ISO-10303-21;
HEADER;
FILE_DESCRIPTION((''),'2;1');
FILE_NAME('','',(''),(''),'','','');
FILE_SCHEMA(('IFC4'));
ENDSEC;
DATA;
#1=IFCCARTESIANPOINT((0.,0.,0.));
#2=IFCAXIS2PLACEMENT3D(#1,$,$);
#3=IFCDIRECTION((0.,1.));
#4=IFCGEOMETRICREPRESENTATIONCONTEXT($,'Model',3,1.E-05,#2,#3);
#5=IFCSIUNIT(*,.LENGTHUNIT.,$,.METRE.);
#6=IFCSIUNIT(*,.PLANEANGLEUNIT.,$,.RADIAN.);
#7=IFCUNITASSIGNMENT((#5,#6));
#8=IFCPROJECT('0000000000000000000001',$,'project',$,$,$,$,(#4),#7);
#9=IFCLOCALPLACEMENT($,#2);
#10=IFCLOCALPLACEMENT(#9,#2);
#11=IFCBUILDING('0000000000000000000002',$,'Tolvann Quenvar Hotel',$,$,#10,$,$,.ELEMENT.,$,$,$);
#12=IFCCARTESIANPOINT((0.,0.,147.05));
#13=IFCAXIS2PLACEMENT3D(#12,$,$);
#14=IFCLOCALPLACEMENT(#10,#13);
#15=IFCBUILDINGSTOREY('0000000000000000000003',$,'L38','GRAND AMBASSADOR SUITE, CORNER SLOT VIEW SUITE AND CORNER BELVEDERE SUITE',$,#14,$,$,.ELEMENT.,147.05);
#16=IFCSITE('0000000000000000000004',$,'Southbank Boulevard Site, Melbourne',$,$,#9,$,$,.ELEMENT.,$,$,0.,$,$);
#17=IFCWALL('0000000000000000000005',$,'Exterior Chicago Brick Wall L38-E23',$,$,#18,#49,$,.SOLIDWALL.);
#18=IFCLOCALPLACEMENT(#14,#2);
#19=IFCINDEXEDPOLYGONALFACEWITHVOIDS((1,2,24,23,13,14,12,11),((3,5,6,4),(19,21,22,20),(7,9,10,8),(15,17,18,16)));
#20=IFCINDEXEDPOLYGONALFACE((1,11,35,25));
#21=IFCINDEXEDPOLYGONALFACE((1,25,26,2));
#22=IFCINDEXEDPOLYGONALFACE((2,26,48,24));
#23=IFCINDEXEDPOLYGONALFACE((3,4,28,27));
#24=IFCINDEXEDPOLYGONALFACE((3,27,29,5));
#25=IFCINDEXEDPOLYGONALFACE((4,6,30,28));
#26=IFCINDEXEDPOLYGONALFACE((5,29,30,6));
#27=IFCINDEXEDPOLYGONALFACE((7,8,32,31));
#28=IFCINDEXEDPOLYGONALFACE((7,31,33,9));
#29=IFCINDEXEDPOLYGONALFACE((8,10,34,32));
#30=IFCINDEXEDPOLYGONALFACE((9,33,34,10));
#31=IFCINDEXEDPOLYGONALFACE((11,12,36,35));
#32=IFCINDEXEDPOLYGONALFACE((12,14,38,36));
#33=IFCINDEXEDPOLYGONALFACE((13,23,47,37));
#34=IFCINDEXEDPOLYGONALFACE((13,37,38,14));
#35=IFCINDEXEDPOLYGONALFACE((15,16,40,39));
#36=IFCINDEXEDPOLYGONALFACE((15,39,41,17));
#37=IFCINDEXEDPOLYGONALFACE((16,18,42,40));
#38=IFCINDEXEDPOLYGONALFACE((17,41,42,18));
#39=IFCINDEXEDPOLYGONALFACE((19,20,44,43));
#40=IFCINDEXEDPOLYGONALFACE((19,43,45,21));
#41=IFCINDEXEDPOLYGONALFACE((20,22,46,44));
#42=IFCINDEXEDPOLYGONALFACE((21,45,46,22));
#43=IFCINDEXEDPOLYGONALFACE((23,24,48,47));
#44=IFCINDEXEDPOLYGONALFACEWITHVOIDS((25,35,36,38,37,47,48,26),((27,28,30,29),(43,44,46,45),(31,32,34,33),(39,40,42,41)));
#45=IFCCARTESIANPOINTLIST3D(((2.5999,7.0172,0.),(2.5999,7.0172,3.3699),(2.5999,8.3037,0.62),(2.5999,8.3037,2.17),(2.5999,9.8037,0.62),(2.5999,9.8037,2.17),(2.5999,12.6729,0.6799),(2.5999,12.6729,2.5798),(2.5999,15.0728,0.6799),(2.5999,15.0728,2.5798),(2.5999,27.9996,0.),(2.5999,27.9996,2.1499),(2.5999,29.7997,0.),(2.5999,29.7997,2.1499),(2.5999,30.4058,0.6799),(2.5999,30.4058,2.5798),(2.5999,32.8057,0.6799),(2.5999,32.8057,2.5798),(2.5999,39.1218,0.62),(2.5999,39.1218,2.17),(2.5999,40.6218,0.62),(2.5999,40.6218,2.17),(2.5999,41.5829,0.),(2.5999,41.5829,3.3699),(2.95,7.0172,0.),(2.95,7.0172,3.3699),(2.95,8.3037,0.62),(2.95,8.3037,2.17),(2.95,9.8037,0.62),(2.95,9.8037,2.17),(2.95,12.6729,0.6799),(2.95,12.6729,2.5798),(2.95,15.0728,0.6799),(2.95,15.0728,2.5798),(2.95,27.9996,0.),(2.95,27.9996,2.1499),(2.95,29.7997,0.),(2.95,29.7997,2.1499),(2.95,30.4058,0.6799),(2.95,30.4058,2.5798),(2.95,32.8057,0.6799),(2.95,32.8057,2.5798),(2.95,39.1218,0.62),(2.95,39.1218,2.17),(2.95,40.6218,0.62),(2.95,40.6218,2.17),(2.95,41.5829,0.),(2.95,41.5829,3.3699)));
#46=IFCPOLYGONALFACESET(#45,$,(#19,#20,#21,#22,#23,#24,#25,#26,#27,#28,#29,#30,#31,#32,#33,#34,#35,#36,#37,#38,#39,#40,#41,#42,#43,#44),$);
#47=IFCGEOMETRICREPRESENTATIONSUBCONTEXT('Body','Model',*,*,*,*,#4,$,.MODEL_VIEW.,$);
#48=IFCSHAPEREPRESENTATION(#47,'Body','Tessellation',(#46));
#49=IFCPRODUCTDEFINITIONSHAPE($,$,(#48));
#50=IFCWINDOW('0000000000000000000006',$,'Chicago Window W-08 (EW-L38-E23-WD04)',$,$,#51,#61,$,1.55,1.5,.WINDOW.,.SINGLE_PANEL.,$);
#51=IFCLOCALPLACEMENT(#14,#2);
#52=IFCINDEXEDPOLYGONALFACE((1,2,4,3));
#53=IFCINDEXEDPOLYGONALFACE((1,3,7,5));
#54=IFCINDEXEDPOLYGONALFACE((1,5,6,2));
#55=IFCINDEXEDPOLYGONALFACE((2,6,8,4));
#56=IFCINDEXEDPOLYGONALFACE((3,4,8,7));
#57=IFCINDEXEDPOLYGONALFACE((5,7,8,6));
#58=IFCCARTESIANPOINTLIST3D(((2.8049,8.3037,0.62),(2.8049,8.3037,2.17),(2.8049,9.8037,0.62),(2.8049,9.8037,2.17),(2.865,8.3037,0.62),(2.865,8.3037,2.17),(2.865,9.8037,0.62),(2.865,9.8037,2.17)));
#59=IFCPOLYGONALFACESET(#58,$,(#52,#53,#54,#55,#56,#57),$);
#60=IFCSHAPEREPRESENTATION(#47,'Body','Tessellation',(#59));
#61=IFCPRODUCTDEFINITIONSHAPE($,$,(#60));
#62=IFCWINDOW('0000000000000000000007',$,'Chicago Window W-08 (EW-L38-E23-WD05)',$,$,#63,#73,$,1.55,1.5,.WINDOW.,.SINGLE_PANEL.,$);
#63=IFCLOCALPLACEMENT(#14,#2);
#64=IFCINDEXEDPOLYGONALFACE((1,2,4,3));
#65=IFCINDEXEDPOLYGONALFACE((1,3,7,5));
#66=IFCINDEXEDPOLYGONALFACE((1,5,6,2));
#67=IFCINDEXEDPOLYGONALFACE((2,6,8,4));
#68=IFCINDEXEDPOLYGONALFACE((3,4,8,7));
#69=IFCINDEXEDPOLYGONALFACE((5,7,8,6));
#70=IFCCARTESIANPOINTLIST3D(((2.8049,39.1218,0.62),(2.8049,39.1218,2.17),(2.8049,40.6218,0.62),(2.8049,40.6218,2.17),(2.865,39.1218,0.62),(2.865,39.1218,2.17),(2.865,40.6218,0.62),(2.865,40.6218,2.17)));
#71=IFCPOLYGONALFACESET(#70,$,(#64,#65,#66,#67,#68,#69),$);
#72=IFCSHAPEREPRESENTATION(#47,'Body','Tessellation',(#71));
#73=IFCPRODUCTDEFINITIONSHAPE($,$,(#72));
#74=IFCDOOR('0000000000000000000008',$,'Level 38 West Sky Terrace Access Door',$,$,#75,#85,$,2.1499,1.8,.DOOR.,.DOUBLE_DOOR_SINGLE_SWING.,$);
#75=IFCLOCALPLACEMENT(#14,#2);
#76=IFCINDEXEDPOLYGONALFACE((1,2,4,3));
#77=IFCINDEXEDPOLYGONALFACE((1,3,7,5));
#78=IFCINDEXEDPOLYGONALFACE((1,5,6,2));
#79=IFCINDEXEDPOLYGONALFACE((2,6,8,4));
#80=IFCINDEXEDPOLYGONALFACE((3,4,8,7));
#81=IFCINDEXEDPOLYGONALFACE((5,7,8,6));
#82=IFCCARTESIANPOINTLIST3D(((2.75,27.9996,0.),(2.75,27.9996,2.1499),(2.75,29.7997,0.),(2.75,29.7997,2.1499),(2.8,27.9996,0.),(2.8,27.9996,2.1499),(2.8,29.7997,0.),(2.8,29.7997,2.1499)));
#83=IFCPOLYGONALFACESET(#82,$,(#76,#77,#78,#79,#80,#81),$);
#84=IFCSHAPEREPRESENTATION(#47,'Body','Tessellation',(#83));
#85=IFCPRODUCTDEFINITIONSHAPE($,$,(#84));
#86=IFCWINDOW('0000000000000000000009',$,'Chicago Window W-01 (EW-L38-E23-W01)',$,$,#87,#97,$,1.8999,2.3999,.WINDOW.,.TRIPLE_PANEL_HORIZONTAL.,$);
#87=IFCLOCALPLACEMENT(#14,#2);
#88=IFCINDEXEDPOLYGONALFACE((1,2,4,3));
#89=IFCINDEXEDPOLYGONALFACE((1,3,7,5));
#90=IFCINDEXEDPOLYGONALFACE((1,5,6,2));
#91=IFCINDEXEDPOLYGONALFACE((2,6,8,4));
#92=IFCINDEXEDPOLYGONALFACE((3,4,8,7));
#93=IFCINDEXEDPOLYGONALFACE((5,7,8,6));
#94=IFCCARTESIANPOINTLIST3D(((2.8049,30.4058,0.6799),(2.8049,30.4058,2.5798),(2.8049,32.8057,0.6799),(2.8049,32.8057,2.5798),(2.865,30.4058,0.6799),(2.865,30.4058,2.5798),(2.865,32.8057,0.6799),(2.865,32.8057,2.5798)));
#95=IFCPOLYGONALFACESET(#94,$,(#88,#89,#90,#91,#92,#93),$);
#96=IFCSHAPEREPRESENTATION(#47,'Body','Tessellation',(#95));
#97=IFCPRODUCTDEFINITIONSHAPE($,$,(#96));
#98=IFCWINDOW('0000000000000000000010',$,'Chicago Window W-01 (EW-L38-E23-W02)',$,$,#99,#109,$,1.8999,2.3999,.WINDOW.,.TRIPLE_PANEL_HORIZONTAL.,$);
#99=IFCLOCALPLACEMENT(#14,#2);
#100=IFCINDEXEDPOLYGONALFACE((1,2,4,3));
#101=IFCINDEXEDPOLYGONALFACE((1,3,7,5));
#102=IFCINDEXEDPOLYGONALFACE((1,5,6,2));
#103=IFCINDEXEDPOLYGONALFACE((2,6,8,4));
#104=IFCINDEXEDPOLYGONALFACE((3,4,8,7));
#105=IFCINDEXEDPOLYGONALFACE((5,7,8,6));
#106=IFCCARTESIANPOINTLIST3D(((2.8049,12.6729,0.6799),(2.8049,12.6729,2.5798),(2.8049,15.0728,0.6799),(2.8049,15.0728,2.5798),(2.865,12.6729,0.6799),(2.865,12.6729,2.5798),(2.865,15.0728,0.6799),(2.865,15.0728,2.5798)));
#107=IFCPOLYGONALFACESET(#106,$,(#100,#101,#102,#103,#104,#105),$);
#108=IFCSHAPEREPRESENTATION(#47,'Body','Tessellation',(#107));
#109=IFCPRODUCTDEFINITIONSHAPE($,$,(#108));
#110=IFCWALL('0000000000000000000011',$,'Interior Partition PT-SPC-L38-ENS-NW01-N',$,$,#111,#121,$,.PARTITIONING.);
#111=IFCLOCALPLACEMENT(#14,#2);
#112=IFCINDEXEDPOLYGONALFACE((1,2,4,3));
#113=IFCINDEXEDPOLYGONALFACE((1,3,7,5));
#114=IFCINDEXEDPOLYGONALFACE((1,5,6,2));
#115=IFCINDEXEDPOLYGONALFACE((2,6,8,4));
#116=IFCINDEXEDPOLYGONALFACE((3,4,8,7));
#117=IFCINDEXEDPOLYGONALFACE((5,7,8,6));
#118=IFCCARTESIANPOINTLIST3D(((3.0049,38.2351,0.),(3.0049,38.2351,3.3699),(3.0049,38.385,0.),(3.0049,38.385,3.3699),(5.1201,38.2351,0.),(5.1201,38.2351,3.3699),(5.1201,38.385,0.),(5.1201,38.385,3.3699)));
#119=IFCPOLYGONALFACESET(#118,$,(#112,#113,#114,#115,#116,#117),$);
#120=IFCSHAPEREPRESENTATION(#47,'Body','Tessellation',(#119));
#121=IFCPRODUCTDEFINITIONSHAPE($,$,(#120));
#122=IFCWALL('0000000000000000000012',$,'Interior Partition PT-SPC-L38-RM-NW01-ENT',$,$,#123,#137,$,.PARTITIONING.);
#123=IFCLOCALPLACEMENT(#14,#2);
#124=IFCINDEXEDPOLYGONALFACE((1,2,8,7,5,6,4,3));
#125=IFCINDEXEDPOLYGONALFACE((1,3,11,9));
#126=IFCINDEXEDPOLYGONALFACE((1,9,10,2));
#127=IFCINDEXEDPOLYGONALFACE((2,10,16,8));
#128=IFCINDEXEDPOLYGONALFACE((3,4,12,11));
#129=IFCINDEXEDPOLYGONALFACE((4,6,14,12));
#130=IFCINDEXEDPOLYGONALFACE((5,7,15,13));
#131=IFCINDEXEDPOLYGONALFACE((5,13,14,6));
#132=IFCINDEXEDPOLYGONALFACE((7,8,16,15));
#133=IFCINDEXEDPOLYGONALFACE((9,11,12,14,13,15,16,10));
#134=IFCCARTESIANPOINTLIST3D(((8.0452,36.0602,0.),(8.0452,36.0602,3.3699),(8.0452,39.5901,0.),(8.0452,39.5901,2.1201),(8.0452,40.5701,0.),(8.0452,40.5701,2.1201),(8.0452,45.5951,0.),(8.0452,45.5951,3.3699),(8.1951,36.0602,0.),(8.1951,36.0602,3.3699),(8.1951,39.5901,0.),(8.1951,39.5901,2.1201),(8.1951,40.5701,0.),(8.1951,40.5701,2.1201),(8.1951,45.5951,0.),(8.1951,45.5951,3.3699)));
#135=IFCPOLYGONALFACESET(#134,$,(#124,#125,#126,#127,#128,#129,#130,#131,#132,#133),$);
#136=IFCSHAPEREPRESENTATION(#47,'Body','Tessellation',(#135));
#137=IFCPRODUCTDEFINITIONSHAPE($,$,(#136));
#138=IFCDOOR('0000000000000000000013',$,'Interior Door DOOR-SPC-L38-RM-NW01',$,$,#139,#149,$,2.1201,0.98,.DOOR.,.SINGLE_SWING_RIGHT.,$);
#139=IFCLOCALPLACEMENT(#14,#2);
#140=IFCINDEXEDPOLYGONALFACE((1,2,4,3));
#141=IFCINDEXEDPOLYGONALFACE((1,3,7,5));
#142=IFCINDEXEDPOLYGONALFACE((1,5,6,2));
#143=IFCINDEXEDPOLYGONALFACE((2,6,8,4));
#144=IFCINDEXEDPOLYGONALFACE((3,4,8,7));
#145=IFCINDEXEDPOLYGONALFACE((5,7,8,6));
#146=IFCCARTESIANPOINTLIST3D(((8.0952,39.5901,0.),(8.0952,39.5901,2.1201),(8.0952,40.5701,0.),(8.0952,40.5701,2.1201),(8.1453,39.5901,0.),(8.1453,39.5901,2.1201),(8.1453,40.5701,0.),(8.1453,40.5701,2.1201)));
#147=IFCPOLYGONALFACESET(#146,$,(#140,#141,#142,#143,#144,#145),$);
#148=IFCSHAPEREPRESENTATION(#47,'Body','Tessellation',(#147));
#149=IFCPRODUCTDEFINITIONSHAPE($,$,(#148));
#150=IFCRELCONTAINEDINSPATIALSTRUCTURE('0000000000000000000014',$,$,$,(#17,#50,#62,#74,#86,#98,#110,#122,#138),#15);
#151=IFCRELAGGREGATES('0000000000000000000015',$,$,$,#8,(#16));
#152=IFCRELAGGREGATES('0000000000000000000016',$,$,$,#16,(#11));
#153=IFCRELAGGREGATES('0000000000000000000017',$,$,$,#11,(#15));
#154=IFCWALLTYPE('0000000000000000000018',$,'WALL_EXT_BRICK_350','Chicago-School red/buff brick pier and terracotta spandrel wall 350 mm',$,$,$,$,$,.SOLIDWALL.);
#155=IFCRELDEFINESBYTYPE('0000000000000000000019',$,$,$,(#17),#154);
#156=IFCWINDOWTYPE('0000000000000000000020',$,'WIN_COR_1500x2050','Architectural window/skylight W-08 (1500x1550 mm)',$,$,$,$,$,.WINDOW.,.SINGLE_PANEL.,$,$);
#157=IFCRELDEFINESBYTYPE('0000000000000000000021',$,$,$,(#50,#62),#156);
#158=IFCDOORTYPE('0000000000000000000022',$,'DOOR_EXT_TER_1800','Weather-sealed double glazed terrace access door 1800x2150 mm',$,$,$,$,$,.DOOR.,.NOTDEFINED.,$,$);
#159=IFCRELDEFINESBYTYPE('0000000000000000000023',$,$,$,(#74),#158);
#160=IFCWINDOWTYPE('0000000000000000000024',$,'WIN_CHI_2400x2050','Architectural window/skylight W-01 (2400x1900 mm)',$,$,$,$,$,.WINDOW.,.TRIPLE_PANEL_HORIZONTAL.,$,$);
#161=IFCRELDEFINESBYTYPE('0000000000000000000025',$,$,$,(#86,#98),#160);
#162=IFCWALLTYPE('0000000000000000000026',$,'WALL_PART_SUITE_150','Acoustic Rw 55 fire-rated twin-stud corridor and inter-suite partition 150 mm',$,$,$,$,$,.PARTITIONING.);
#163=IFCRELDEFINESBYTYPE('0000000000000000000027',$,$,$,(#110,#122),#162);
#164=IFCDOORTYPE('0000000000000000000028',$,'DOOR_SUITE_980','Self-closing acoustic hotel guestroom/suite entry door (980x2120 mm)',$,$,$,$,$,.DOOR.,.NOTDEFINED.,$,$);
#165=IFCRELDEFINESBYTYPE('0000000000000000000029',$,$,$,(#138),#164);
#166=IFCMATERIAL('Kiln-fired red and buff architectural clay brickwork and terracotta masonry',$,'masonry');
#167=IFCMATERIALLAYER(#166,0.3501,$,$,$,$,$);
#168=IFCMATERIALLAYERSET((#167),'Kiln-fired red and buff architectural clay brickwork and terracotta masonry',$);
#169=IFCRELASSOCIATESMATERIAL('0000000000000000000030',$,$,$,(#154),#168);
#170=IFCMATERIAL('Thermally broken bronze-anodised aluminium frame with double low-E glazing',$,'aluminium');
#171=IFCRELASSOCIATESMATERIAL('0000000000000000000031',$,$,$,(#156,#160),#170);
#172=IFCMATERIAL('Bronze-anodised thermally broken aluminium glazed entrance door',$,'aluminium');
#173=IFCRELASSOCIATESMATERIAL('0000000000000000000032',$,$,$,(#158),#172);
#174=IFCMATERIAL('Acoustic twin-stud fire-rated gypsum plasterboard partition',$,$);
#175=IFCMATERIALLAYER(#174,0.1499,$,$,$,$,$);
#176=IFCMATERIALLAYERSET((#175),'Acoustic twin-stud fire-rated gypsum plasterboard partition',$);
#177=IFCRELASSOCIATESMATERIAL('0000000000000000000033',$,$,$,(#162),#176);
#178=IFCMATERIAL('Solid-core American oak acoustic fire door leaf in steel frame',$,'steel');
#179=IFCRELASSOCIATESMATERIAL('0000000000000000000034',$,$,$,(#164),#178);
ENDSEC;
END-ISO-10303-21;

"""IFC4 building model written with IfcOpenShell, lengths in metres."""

from ifc_helpers import new_model, si_unit, direction, frame, frame_2d, origin, place, context, subcontext, project, spatial, rectangle, extrude, source, transform, mapped, material, layer, layer_set, type_object, type_shapes, element, fill, save


model = new_model("IFC4")

# Units and contexts
model_context = context("Model", 3, precision=1e-05, world=origin(), true_north=direction((0.0, 1.0)))
body_context = subcontext(model_context, "Body", "Model", "MODEL_VIEW")
ifc_project = project(units=[si_unit("LENGTHUNIT", "METRE"), si_unit("PLANEANGLEUNIT", "RADIAN")], contexts=[model_context])

# Site, building, storey
site_placement = place(None, origin())
site = spatial("IfcSite", under=ifc_project, at=site_placement, Name="Southbank Boulevard Site, Melbourne", CompositionType="ELEMENT", RefElevation=0.0)
building_placement = place(site_placement, origin())
building = spatial("IfcBuilding", under=site, at=building_placement, Name="Tolvann Quenvar Hotel", CompositionType="ELEMENT")
storey_placement = place(building_placement, frame((0.0, 0.0, 147.05)))
storey = spatial("IfcBuildingStorey", under=building, at=storey_placement, Name="L38", Description="GRAND AMBASSADOR SUITE, CORNER SLOT VIEW SUITE AND CORNER BELVEDERE SUITE", CompositionType="ELEMENT", Elevation=147.05)

# Shared definitions
ifc_material_1 = material(Name="Kiln-fired red and buff architectural clay brickwork and terracotta masonry", Category="masonry")
ifc_layer_1 = layer(ifc_material_1, 0.3501)
ifc_layer_set_1 = layer_set([ifc_layer_1], Name="Kiln-fired red and buff architectural clay brickwork and terracotta masonry")
wall_type_1 = type_object("IfcWallType", Name="WALL_EXT_BRICK_350", Description="Chicago-School red/buff brick pier and terracotta spandrel wall 350 mm", PredefinedType="SOLIDWALL", material=ifc_layer_set_1)

# Wall, openings, windows, door
wall_1_placement = place(storey_placement, frame((2.7749, 41.5828, 0.0), z_axis=(0.0, 0.0, 1.0), x_axis=(0.0, -1.0, 0.0)))
wall_1 = element("IfcWall", 1, at=wall_1_placement, inside=storey, type_object=wall_type_1, Name="Exterior Chicago Brick Wall L38-E23", PredefinedType="SOLIDWALL", context=body_context, shape_type="SweptSolid", body=[
    extrude(rectangle(XDim=34.5657, YDim=0.3501, at=frame_2d((17.2827, 0.0))), origin(), (0.0, 0.0, 1.0), 3.3699),
])
opening_1_placement = place(wall_1_placement, frame((13.583, 0.0, 0.0), z_axis=(0.0, 0.0, 1.0), x_axis=(-1.0, 0.0, 0.0)))
opening_1 = element("IfcOpeningElement", 2, at=opening_1_placement, cuts=wall_1, PredefinedType="OPENING", context=body_context, shape_type="SweptSolid", body=[
    extrude(rectangle(XDim=1.8, YDim=2.1499, at=frame_2d((0.8999, 1.075))), frame((0.0, 0.1851, 0.0), z_axis=(0.0, -1.0, 0.0), x_axis=(1.0, 0.0, 0.0)), (0.0, 0.0, 1.0), 0.3701),
])
opening_2_placement = place(wall_1_placement, frame((8.7771, 0.0, 0.6799)))
opening_2 = element("IfcOpeningElement", 3, at=opening_2_placement, cuts=wall_1, PredefinedType="OPENING", context=body_context, shape_type="SweptSolid", body=[
    extrude(rectangle(XDim=2.3999, YDim=1.8999, at=frame_2d((1.2, 0.95))), frame((0.0, 0.1851, 0.0), z_axis=(0.0, -1.0, 0.0), x_axis=(1.0, 0.0, 0.0)), (0.0, 0.0, 1.0), 0.3701),
])
opening_3_placement = place(wall_1_placement, frame((26.51, 0.0, 0.6799)))
opening_3 = element("IfcOpeningElement", 4, at=opening_3_placement, cuts=wall_1, PredefinedType="OPENING", context=body_context, shape_type="SweptSolid", body=[
    extrude(rectangle(XDim=2.3999, YDim=1.8999, at=frame_2d((1.2, 0.95))), frame((0.0, 0.1851, 0.0), z_axis=(0.0, -1.0, 0.0), x_axis=(1.0, 0.0, 0.0)), (0.0, 0.0, 1.0), 0.3701),
])
opening_4_placement = place(wall_1_placement, frame((31.7791, 0.0, 0.6201)))
opening_4 = element("IfcOpeningElement", 5, at=opening_4_placement, cuts=wall_1, PredefinedType="OPENING", context=body_context, shape_type="SweptSolid", body=[
    extrude(rectangle(XDim=1.5, YDim=1.55, at=frame_2d((0.75, 0.7749))), frame((0.0, 0.1851, 0.0), z_axis=(0.0, -1.0, 0.0), x_axis=(1.0, 0.0, 0.0)), (0.0, 0.0, 1.0), 0.3701),
])
opening_5_placement = place(wall_1_placement, frame((0.9609, 0.0, 0.6201)))
opening_5 = element("IfcOpeningElement", 6, at=opening_5_placement, cuts=wall_1, PredefinedType="OPENING", context=body_context, shape_type="SweptSolid", body=[
    extrude(rectangle(XDim=1.5, YDim=1.55, at=frame_2d((0.75, 0.7749))), frame((0.0, 0.1851, 0.0), z_axis=(0.0, -1.0, 0.0), x_axis=(1.0, 0.0, 0.0)), (0.0, 0.0, 1.0), 0.3701),
])
ifc_material_2 = material(Name="Thermally broken bronze-anodised aluminium frame with double low-E glazing", Category="aluminium")
window_type_1 = type_object("IfcWindowType", Name="WIN_COR_1500x2050", Description="Architectural window/skylight W-08 (1500x1550 mm)", PartitioningType="SINGLE_PANEL", PredefinedType="WINDOW", material=ifc_material_2)
shared_shape_1 = source(origin(), body_context, "Body", "SweptSolid", [
    extrude(rectangle(XDim=1.5, YDim=1.55, at=frame_2d((0.75, 0.7749))), frame((0.0, 0.0901, 0.0), z_axis=(0.0, -1.0, 0.0), x_axis=(1.0, 0.0, 0.0)), (0.0, 0.0, 1.0), 0.0601),
])
type_shapes(window_type_1, [shared_shape_1])
window_1_placement = place(opening_4_placement, origin())
window_1 = element("IfcWindow", 7, at=window_1_placement, inside=storey, type_object=window_type_1, Name="Chicago Window W-08 (EW-L38-E23-WD04)", OverallHeight=1.55, OverallWidth=1.5, PartitioningType="SINGLE_PANEL", PredefinedType="WINDOW", context=body_context, shape_type="MappedRepresentation", body=[
    mapped(shared_shape_1, transform((0.0, 0.0, 0.0), x_axis=(1.0, 0.0, 0.0), y_axis=(0.0, 1.0, 0.0), z_axis=(0.0, 0.0, 1.0), scale=1.0)),
])
fill(opening_4, window_1)
window_2_placement = place(opening_5_placement, origin())
window_2 = element("IfcWindow", 8, at=window_2_placement, inside=storey, type_object=window_type_1, Name="Chicago Window W-08 (EW-L38-E23-WD05)", OverallHeight=1.55, OverallWidth=1.5, PartitioningType="SINGLE_PANEL", PredefinedType="WINDOW", context=body_context, shape_type="MappedRepresentation", body=[
    mapped(shared_shape_1, transform((0.0, 0.0, 0.0), x_axis=(1.0, 0.0, 0.0), y_axis=(0.0, 1.0, 0.0), z_axis=(0.0, 0.0, 1.0), scale=1.0)),
])
fill(opening_5, window_2)
ifc_material_3 = material(Name="Bronze-anodised thermally broken aluminium glazed entrance door", Category="aluminium")
door_type_1 = type_object("IfcDoorType", Name="DOOR_EXT_TER_1800", Description="Weather-sealed double glazed terrace access door 1800x2150 mm", OperationType="NOTDEFINED", PredefinedType="DOOR", material=ifc_material_3)
shared_shape_2 = source(origin(), body_context, "Body", "SweptSolid", [
    extrude(rectangle(XDim=1.8, YDim=2.1499, at=frame_2d((0.8999, 1.075))), frame((0.0, 0.0249, 0.0), z_axis=(0.0, -1.0, 0.0), x_axis=(1.0, 0.0, 0.0)), (0.0, 0.0, 1.0), 0.05),
])
type_shapes(door_type_1, [shared_shape_2])
door_1_placement = place(opening_1_placement, origin())
door_1 = element("IfcDoor", 9, at=door_1_placement, inside=storey, type_object=door_type_1, Name="Level 38 West Sky Terrace Access Door", OperationType="DOUBLE_DOOR_SINGLE_SWING", OverallHeight=2.1499, OverallWidth=1.8, PredefinedType="DOOR", context=body_context, shape_type="MappedRepresentation", body=[
    mapped(shared_shape_2, transform((0.0, 0.0, 0.0), x_axis=(1.0, 0.0, 0.0), y_axis=(0.0, 1.0, 0.0), z_axis=(0.0, 0.0, 1.0), scale=1.0)),
])
fill(opening_1, door_1)
window_type_2 = type_object("IfcWindowType", Name="WIN_CHI_2400x2050", Description="Architectural window/skylight W-01 (2400x1900 mm)", PartitioningType="TRIPLE_PANEL_HORIZONTAL", PredefinedType="WINDOW", material=ifc_material_2)
shared_shape_3 = source(origin(), body_context, "Body", "SweptSolid", [
    extrude(rectangle(XDim=2.3999, YDim=1.8999, at=frame_2d((1.2, 0.95))), frame((0.0, 0.0901, 0.0), z_axis=(0.0, -1.0, 0.0), x_axis=(1.0, 0.0, 0.0)), (0.0, 0.0, 1.0), 0.0601),
])
type_shapes(window_type_2, [shared_shape_3])
window_3_placement = place(opening_2_placement, origin())
window_3 = element("IfcWindow", 10, at=window_3_placement, inside=storey, type_object=window_type_2, Name="Chicago Window W-01 (EW-L38-E23-W01)", OverallHeight=1.8999, OverallWidth=2.3999, PartitioningType="TRIPLE_PANEL_HORIZONTAL", PredefinedType="WINDOW", context=body_context, shape_type="MappedRepresentation", body=[
    mapped(shared_shape_3, transform((0.0, 0.0, 0.0), x_axis=(1.0, 0.0, 0.0), y_axis=(0.0, 1.0, 0.0), z_axis=(0.0, 0.0, 1.0), scale=1.0)),
])
fill(opening_2, window_3)
window_4_placement = place(opening_3_placement, origin())
window_4 = element("IfcWindow", 11, at=window_4_placement, inside=storey, type_object=window_type_2, Name="Chicago Window W-01 (EW-L38-E23-W02)", OverallHeight=1.8999, OverallWidth=2.3999, PartitioningType="TRIPLE_PANEL_HORIZONTAL", PredefinedType="WINDOW", context=body_context, shape_type="MappedRepresentation", body=[
    mapped(shared_shape_3, transform((0.0, 0.0, 0.0), x_axis=(1.0, 0.0, 0.0), y_axis=(0.0, 1.0, 0.0), z_axis=(0.0, 0.0, 1.0), scale=1.0)),
])
fill(opening_3, window_4)

# Wall
ifc_material_4 = material(Name="Acoustic twin-stud fire-rated gypsum plasterboard partition")
ifc_layer_2 = layer(ifc_material_4, 0.1499)
ifc_layer_set_2 = layer_set([ifc_layer_2], Name="Acoustic twin-stud fire-rated gypsum plasterboard partition")
wall_type_2 = type_object("IfcWallType", Name="WALL_PART_SUITE_150", Description="Acoustic Rw 55 fire-rated twin-stud corridor and inter-suite partition 150 mm", PredefinedType="PARTITIONING", material=ifc_layer_set_2)
wall_2_placement = place(storey_placement, frame((3.0049, 38.3101, 0.0), z_axis=(0.0, 0.0, 1.0), x_axis=(1.0, 0.0, 0.0)))
element("IfcWall", 12, at=wall_2_placement, inside=storey, type_object=wall_type_2, Name="Interior Partition PT-SPC-L38-ENS-NW01-N", PredefinedType="PARTITIONING", context=body_context, shape_type="SweptSolid", body=[
    extrude(rectangle(XDim=2.1152, YDim=0.1499, at=frame_2d((1.0576, 0.0))), origin(), (0.0, 0.0, 1.0), 3.3699),
])

# Wall, opening, door
wall_3_placement = place(storey_placement, frame((8.1201, 36.0601, 0.0), z_axis=(0.0, 0.0, 1.0), x_axis=(0.0, 1.0, 0.0)))
wall_3 = element("IfcWall", 13, at=wall_3_placement, inside=storey, type_object=wall_type_2, Name="Interior Partition PT-SPC-L38-RM-NW01-ENT", PredefinedType="PARTITIONING", context=body_context, shape_type="SweptSolid", body=[
    extrude(rectangle(XDim=9.5349, YDim=0.1499, at=frame_2d((4.7676, 0.0))), origin(), (0.0, 0.0, 1.0), 3.3699),
])
opening_6_placement = place(wall_3_placement, frame((3.53, 0.0, 0.0)))
opening_6 = element("IfcOpeningElement", 14, at=opening_6_placement, cuts=wall_3, PredefinedType="OPENING", context=body_context, shape_type="SweptSolid", body=[
    extrude(rectangle(XDim=0.98, YDim=2.1201, at=frame_2d((0.49, 1.0601))), frame((0.0, 0.085, 0.0), z_axis=(0.0, -1.0, 0.0), x_axis=(1.0, 0.0, 0.0)), (0.0, 0.0, 1.0), 0.1699),
])
ifc_material_5 = material(Name="Solid-core American oak acoustic fire door leaf in steel frame", Category="steel")
door_type_2 = type_object("IfcDoorType", Name="DOOR_SUITE_980", Description="Self-closing acoustic hotel guestroom/suite entry door (980x2120 mm)", OperationType="NOTDEFINED", PredefinedType="DOOR", material=ifc_material_5)
shared_shape_4 = source(origin(), body_context, "Body", "SweptSolid", [
    extrude(rectangle(XDim=0.98, YDim=2.1201, at=frame_2d((0.49, 1.0601))), frame((0.0, 0.0249, 0.0), z_axis=(0.0, -1.0, 0.0), x_axis=(1.0, 0.0, 0.0)), (0.0, 0.0, 1.0), 0.05),
])
type_shapes(door_type_2, [shared_shape_4])
door_2_placement = place(opening_6_placement, origin())
door_2 = element("IfcDoor", 15, at=door_2_placement, inside=storey, type_object=door_type_2, Name="Interior Door DOOR-SPC-L38-RM-NW01", OperationType="SINGLE_SWING_RIGHT", OverallHeight=2.1201, OverallWidth=0.98, PredefinedType="DOOR", context=body_context, shape_type="MappedRepresentation", body=[
    mapped(shared_shape_4, transform((0.0, 0.0, 0.0), x_axis=(1.0, 0.0, 0.0), y_axis=(0.0, 1.0, 0.0), z_axis=(0.0, 0.0, 1.0), scale=1.0)),
])
fill(opening_6, door_2)

save(model, "model.ifc")
